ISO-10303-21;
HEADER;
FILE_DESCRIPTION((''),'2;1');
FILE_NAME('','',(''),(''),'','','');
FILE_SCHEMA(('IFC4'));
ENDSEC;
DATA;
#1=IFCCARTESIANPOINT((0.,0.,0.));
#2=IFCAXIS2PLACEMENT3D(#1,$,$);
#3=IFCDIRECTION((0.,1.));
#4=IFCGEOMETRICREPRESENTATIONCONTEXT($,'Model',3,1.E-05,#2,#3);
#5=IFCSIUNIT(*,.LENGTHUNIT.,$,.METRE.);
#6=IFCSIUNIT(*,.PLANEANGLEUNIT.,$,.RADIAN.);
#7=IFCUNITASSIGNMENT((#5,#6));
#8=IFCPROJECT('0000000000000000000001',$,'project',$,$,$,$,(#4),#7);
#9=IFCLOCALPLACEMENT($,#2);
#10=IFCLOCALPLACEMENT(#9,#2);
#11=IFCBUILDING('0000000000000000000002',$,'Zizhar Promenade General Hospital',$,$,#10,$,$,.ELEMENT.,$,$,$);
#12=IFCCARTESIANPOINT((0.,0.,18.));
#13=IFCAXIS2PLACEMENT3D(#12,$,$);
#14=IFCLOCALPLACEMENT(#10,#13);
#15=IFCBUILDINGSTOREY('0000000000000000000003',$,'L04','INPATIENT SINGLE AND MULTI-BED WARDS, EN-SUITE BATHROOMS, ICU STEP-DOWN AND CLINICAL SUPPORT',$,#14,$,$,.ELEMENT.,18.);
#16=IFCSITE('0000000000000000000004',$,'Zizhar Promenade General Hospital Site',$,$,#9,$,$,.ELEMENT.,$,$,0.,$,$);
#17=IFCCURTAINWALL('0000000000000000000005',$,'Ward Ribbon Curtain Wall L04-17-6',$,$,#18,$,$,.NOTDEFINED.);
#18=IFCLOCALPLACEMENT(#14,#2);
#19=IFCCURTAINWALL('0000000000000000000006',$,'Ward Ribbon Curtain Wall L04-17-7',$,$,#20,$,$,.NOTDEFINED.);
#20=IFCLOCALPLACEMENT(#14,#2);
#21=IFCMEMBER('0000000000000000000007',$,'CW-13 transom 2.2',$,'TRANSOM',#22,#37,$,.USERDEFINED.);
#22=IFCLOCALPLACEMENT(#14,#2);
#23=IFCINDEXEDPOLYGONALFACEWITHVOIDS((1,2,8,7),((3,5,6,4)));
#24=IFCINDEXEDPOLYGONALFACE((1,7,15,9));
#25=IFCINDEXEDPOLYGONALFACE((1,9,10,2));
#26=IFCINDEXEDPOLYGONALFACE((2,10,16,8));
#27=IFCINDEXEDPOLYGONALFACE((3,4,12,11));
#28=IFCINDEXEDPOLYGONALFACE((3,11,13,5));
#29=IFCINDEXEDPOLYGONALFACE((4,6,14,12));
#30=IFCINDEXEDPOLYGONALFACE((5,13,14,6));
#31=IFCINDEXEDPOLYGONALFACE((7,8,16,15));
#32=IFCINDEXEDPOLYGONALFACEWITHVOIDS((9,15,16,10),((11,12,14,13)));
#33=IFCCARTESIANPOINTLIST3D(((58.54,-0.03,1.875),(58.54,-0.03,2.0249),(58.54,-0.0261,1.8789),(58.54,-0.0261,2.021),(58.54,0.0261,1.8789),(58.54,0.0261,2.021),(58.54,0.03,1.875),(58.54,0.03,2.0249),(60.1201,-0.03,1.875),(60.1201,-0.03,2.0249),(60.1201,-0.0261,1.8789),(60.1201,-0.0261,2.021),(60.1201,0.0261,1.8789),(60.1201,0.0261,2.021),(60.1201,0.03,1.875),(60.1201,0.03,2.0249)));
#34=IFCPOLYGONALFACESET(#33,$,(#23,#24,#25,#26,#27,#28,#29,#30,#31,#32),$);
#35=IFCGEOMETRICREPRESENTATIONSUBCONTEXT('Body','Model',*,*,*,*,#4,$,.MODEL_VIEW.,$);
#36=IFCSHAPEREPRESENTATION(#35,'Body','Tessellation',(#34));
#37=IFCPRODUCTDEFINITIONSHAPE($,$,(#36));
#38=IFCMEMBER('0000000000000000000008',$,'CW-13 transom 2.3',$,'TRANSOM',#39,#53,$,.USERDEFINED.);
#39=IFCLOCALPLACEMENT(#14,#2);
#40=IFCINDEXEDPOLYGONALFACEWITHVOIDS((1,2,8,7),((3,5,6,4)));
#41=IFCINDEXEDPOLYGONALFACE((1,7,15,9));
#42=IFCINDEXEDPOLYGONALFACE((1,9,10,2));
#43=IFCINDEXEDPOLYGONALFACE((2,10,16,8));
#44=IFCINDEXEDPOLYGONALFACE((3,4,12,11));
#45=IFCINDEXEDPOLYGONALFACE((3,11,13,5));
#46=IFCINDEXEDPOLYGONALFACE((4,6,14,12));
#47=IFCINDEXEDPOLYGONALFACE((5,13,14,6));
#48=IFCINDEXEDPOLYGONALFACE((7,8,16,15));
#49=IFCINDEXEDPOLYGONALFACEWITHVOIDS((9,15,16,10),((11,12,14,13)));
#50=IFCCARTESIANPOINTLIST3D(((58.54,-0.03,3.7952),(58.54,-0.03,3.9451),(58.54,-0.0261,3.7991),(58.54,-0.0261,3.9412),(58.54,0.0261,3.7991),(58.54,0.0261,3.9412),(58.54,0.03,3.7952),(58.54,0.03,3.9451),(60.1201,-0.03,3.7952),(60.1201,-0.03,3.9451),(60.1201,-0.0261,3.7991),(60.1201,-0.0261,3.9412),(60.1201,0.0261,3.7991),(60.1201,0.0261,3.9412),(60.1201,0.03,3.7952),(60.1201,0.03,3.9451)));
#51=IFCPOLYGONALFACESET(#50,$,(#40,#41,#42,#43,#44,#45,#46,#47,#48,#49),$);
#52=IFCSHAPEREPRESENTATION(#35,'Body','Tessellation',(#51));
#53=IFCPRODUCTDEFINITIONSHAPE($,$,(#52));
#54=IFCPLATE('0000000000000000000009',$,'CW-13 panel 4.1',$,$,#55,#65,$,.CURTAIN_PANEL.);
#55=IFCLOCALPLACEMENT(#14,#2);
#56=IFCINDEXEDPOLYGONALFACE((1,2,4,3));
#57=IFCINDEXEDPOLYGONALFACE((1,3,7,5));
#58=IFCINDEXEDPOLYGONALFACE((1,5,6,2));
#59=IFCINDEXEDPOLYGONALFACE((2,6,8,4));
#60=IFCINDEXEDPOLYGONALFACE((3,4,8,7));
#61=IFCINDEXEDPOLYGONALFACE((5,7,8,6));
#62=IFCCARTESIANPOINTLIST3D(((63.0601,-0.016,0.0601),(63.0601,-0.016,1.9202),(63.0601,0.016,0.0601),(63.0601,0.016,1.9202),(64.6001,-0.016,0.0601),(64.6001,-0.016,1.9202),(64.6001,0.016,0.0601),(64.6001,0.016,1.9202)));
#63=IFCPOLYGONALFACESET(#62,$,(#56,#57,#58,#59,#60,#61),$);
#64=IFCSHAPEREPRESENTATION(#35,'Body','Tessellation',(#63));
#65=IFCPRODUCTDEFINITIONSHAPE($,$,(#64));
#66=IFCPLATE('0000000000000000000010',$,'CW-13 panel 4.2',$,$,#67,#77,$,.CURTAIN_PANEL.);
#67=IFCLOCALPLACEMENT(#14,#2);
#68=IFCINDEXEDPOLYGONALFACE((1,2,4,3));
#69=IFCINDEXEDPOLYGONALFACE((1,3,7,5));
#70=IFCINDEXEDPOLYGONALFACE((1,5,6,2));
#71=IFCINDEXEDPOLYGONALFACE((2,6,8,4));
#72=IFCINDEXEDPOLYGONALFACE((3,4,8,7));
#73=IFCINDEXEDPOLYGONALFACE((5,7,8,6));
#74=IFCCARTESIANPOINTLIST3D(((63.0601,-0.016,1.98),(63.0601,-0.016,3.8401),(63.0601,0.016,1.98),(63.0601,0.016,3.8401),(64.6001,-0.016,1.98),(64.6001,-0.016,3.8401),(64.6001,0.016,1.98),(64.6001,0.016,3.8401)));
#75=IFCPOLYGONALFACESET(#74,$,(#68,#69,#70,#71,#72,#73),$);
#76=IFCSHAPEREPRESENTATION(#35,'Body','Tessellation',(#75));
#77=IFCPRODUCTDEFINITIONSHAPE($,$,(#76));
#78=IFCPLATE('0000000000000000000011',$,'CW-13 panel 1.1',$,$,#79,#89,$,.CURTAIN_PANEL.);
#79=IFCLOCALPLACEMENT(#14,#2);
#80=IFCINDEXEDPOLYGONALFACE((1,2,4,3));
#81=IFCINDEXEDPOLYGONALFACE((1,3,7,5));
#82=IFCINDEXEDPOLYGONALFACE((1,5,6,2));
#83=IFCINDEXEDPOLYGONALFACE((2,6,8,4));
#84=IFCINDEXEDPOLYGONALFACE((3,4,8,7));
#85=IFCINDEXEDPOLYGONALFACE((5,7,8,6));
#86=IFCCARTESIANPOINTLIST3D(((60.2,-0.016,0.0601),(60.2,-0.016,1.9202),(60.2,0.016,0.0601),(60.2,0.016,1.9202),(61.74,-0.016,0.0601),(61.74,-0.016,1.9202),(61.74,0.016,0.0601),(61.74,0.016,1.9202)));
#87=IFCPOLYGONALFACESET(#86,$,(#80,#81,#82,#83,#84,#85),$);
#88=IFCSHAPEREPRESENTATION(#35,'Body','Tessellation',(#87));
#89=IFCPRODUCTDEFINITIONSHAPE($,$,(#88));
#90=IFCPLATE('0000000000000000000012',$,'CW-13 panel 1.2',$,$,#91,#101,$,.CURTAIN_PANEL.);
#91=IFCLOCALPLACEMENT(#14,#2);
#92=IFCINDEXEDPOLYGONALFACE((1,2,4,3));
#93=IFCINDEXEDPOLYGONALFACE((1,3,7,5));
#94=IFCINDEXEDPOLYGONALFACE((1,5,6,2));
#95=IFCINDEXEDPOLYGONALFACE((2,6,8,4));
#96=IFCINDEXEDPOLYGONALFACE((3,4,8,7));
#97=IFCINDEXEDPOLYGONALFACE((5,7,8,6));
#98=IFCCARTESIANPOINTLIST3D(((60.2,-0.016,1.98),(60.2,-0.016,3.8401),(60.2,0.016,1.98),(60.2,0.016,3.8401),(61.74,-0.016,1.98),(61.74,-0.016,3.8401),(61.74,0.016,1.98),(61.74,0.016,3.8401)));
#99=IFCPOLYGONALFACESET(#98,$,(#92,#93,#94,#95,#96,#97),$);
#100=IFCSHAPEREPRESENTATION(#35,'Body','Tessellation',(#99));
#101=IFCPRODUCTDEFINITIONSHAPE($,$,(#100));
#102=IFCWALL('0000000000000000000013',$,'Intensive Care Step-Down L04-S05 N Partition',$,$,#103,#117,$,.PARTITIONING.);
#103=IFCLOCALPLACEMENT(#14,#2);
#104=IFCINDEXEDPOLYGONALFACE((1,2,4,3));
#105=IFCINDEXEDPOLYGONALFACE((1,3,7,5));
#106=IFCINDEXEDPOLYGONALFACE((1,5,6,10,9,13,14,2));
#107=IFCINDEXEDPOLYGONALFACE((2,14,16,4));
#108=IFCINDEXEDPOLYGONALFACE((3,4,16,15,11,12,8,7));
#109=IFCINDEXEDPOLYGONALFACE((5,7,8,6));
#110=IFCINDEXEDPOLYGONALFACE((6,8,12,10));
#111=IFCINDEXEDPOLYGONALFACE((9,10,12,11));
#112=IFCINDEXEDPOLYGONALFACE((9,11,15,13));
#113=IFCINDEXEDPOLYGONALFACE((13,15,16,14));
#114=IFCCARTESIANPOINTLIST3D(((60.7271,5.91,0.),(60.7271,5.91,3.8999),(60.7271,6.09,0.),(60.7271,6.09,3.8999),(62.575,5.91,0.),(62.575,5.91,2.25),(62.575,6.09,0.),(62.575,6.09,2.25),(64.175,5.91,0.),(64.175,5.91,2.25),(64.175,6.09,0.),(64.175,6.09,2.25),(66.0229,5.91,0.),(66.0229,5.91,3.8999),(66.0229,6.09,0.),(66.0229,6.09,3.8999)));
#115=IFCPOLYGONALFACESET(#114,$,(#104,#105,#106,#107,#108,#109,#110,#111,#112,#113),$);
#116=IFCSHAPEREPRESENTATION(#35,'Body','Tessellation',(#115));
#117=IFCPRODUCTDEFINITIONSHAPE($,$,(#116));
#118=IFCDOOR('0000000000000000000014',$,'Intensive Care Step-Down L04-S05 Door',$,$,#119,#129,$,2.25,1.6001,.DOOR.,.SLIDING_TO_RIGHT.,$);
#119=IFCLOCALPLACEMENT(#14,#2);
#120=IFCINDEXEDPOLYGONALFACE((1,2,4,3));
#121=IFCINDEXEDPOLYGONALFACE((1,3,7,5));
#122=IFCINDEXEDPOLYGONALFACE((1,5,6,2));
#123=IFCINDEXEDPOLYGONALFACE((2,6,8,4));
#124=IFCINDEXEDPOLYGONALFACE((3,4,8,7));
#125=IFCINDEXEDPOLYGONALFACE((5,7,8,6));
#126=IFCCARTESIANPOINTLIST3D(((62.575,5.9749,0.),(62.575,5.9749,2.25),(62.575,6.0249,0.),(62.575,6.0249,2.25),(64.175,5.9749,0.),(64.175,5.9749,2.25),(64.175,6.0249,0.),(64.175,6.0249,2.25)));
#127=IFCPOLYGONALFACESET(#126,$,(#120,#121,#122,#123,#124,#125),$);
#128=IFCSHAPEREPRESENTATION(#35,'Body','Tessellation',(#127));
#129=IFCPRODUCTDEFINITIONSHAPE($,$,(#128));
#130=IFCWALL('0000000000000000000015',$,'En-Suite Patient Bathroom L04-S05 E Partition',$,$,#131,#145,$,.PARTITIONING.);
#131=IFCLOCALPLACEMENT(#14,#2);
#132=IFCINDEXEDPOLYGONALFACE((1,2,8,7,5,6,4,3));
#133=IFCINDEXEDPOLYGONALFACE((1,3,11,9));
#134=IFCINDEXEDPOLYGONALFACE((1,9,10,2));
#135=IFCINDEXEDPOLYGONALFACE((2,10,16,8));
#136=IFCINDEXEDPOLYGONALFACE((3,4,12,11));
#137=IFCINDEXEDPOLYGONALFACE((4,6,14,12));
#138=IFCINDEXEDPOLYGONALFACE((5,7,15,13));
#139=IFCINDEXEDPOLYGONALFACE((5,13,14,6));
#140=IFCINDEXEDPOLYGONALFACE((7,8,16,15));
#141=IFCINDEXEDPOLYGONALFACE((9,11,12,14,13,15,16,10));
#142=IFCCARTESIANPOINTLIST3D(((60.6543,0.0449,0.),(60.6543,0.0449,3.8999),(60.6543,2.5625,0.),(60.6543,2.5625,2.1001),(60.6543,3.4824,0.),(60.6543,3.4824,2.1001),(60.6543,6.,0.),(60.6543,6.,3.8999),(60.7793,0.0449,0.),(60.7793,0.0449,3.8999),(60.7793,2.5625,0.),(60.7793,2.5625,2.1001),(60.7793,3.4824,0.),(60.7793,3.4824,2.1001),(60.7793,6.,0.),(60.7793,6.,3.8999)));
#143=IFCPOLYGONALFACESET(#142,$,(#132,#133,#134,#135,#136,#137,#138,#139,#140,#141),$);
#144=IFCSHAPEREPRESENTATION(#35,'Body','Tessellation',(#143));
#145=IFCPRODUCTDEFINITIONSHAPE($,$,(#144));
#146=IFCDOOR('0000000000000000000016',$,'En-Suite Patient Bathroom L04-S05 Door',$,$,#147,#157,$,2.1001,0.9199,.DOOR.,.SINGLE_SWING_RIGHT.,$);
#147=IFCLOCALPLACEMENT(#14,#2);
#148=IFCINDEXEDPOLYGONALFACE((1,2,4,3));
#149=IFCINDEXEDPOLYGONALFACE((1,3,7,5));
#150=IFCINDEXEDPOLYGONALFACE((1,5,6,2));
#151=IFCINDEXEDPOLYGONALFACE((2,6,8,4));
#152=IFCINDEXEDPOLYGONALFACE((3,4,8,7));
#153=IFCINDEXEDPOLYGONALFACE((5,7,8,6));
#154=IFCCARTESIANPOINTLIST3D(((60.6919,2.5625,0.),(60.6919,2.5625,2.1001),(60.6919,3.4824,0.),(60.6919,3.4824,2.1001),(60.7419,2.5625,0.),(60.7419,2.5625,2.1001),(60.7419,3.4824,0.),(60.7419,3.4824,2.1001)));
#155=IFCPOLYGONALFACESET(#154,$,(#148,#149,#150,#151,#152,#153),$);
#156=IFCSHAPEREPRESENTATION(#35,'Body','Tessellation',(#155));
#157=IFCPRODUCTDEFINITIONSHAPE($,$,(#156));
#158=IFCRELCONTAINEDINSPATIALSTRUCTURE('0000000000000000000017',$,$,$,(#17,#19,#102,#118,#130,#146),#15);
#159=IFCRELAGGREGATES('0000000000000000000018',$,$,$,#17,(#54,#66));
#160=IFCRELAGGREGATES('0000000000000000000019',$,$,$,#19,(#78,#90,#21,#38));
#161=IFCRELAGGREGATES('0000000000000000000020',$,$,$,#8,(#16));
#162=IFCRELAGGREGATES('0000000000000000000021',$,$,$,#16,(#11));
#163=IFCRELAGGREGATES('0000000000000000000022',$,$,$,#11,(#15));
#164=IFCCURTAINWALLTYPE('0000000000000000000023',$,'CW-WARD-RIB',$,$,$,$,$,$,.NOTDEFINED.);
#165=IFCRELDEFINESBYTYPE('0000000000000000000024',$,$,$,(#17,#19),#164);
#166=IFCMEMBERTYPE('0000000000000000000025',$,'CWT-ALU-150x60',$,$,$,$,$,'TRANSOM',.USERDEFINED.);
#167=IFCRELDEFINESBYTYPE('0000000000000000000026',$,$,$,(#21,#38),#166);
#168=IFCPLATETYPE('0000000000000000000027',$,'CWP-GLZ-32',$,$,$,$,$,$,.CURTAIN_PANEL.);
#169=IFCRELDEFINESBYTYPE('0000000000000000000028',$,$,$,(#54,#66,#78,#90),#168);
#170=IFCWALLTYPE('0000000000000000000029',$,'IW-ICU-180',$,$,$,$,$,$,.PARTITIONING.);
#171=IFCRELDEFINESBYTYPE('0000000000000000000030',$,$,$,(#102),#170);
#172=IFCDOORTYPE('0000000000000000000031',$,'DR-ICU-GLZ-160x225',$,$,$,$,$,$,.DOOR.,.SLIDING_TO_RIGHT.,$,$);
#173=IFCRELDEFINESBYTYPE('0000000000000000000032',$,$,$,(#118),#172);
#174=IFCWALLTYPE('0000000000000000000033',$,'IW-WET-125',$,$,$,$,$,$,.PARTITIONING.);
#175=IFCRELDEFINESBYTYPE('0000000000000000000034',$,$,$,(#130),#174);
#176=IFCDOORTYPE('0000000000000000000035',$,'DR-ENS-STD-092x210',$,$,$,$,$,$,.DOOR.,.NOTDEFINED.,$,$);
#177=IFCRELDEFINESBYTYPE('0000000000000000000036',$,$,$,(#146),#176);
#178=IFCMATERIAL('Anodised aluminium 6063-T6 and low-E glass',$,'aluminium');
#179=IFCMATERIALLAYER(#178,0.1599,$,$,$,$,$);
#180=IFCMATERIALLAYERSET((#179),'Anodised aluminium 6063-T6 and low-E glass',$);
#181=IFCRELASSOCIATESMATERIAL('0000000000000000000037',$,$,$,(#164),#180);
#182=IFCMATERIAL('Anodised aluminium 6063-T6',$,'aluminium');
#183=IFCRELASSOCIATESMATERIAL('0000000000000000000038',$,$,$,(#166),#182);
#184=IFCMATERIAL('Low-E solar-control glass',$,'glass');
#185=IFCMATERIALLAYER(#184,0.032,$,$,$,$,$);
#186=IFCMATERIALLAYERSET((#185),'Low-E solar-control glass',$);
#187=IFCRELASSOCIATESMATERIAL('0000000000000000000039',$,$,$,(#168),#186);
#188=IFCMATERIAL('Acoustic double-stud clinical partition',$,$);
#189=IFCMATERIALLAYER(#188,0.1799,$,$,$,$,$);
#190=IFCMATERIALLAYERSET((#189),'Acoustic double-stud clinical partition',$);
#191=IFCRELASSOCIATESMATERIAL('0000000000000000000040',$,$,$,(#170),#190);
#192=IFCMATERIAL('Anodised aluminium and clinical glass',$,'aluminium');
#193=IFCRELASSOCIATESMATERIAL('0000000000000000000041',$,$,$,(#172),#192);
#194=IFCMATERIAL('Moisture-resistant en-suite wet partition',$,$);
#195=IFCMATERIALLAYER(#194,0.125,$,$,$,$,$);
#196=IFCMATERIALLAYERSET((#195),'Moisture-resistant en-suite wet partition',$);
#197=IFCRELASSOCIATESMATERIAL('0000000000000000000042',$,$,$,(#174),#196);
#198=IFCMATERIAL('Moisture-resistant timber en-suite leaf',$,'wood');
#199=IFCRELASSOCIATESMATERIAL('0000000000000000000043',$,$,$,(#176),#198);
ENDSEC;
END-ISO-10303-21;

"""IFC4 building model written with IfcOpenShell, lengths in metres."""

from ifc_helpers import new_model, si_unit, direction, frame, frame_2d, origin, origin_2d, place, context, subcontext, project, spatial, rectangle, hollow_rectangle, extrude, material, layer, layer_set, material_profile, profile_set, type_object, element, fill, aggregate, save


model = new_model("IFC4")

# Units and contexts
model_context = context("Model", 3, precision=1e-05, world=origin(), true_north=direction((0.0, 1.0)))
body_context = subcontext(model_context, "Body", "Model", "MODEL_VIEW")
ifc_project = project(units=[si_unit("LENGTHUNIT", "METRE"), si_unit("PLANEANGLEUNIT", "RADIAN")], contexts=[model_context])

# Site, building, storey
site_placement = place(None, origin())
site = spatial("IfcSite", under=ifc_project, at=site_placement, Name="Zizhar Promenade General Hospital Site", CompositionType="ELEMENT", RefElevation=0.0)
building_placement = place(site_placement, origin())
building = spatial("IfcBuilding", under=site, at=building_placement, Name="Zizhar Promenade General Hospital", CompositionType="ELEMENT")
storey_placement = place(building_placement, frame((0.0, 0.0, 18.0)))
storey = spatial("IfcBuildingStorey", under=building, at=storey_placement, Name="L04", Description="INPATIENT SINGLE AND MULTI-BED WARDS, EN-SUITE BATHROOMS, ICU STEP-DOWN AND CLINICAL SUPPORT", CompositionType="ELEMENT", Elevation=18.0)

# Curtain wall
ifc_material_1 = material(Name="Anodised aluminium 6063-T6 and low-E glass", Category="aluminium")
ifc_layer_1 = layer(ifc_material_1, 0.1599)
ifc_layer_set_1 = layer_set([ifc_layer_1], Name="Anodised aluminium 6063-T6 and low-E glass")
curtain_wall_type = type_object("IfcCurtainWallType", Name="CW-WARD-RIB", PredefinedType="NOTDEFINED", material=ifc_layer_set_1)
curtain_wall_1_placement = place(storey_placement, origin())
curtain_wall_1 = element("IfcCurtainWall", 1, at=curtain_wall_1_placement, inside=storey, type_object=curtain_wall_type, Name="Ward Ribbon Curtain Wall L04-17-6", PredefinedType="NOTDEFINED")

# Curtain wall
curtain_wall_2_placement = place(storey_placement, origin())
curtain_wall_2 = element("IfcCurtainWall", 2, at=curtain_wall_2_placement, inside=storey, type_object=curtain_wall_type, Name="Ward Ribbon Curtain Wall L04-17-7", PredefinedType="NOTDEFINED")

# Members
ifc_material_2 = material(Name="Anodised aluminium 6063-T6", Category="aluminium")
ifc_material_profile_1 = material_profile(ifc_material_2, hollow_rectangle(XDim=0.0601, YDim=0.1499, WallThickness=0.0039, at=origin_2d()))
ifc_profile_set_1 = profile_set([ifc_material_profile_1], Name="Anodised aluminium 6063-T6")
member_type_1 = type_object("IfcMemberType", Name="CWT-ALU-150x60", ElementType="TRANSOM", PredefinedType="USERDEFINED", material=ifc_profile_set_1)
member_1_placement = place(storey_placement, frame((60.1201, 0.0, 1.95), z_axis=(-1.0, 0.0, 0.0), x_axis=(0.0, -1.0, 0.0)))
member_1 = element("IfcMember", 3, at=member_1_placement, type_object=member_type_1, Name="CW-13 transom 2.2", ObjectType="TRANSOM", PredefinedType="USERDEFINED", context=body_context, shape_type="SweptSolid", body=[
    extrude(hollow_rectangle(XDim=0.0601, YDim=0.1499, WallThickness=0.0039, at=origin_2d()), origin(), (0.0, 0.0, 1.0), 1.5801),
])
member_2_placement = place(storey_placement, frame((60.1201, 0.0, 3.8701), z_axis=(-1.0, 0.0, 0.0), x_axis=(0.0, -1.0, 0.0)))
member_2 = element("IfcMember", 4, at=member_2_placement, type_object=member_type_1, Name="CW-13 transom 2.3", ObjectType="TRANSOM", PredefinedType="USERDEFINED", context=body_context, shape_type="SweptSolid", body=[
    extrude(hollow_rectangle(XDim=0.0601, YDim=0.1499, WallThickness=0.0039, at=origin_2d()), origin(), (0.0, 0.0, 1.0), 1.5801),
])

# Plates
ifc_material_3 = material(Name="Low-E solar-control glass", Category="glass")
ifc_layer_2 = layer(ifc_material_3, 0.032)
ifc_layer_set_2 = layer_set([ifc_layer_2], Name="Low-E solar-control glass")
plate_type = type_object("IfcPlateType", Name="CWP-GLZ-32", PredefinedType="CURTAIN_PANEL", material=ifc_layer_set_2)
plate_1_placement = place(storey_placement, frame((63.8301, 0.0, 0.0601), z_axis=(0.0, 0.0, 1.0), x_axis=(-1.0, 0.0, 0.0)))
plate_1 = element("IfcPlate", 5, at=plate_1_placement, type_object=plate_type, Name="CW-13 panel 4.1", PredefinedType="CURTAIN_PANEL", context=body_context, shape_type="SweptSolid", body=[
    extrude(rectangle(XDim=1.54, YDim=0.032, at=origin_2d()), origin(), (0.0, 0.0, 1.0), 1.8601),
])
plate_2_placement = place(storey_placement, frame((63.8301, 0.0, 1.98), z_axis=(0.0, 0.0, 1.0), x_axis=(-1.0, 0.0, 0.0)))
plate_2 = element("IfcPlate", 6, at=plate_2_placement, type_object=plate_type, Name="CW-13 panel 4.2", PredefinedType="CURTAIN_PANEL", context=body_context, shape_type="SweptSolid", body=[
    extrude(rectangle(XDim=1.54, YDim=0.032, at=origin_2d()), origin(), (0.0, 0.0, 1.0), 1.8601),
])
aggregate(curtain_wall_1, [plate_1, plate_2])
plate_3_placement = place(storey_placement, frame((60.97, 0.0, 0.0601), z_axis=(0.0, 0.0, 1.0), x_axis=(-1.0, 0.0, 0.0)))
plate_3 = element("IfcPlate", 7, at=plate_3_placement, type_object=plate_type, Name="CW-13 panel 1.1", PredefinedType="CURTAIN_PANEL", context=body_context, shape_type="SweptSolid", body=[
    extrude(rectangle(XDim=1.54, YDim=0.032, at=origin_2d()), origin(), (0.0, 0.0, 1.0), 1.8601),
])
plate_4_placement = place(storey_placement, frame((60.97, 0.0, 1.98), z_axis=(0.0, 0.0, 1.0), x_axis=(-1.0, 0.0, 0.0)))
plate_4 = element("IfcPlate", 8, at=plate_4_placement, type_object=plate_type, Name="CW-13 panel 1.2", PredefinedType="CURTAIN_PANEL", context=body_context, shape_type="SweptSolid", body=[
    extrude(rectangle(XDim=1.54, YDim=0.032, at=origin_2d()), origin(), (0.0, 0.0, 1.0), 1.8601),
])
aggregate(curtain_wall_2, [plate_3, plate_4, member_1, member_2])

# Walls, openings, doors
ifc_material_4 = material(Name="Acoustic double-stud clinical partition")
ifc_layer_3 = layer(ifc_material_4, 0.1799)
ifc_layer_set_3 = layer_set([ifc_layer_3], Name="Acoustic double-stud clinical partition")
wall_type_1 = type_object("IfcWallType", Name="IW-ICU-180", PredefinedType="PARTITIONING", material=ifc_layer_set_3)
wall_1_placement = place(storey_placement, frame((60.7271, 6.0, 0.0), z_axis=(0.0, 0.0, 1.0), x_axis=(1.0, 0.0, 0.0)))
wall_1 = element("IfcWall", 9, at=wall_1_placement, inside=storey, type_object=wall_type_1, Name="Intensive Care Step-Down L04-S05 N Partition", PredefinedType="PARTITIONING", context=body_context, shape_type="SweptSolid", body=[
    extrude(rectangle(XDim=5.2959, YDim=0.1799, at=frame_2d((2.6479, 0.0))), origin(), (0.0, 0.0, 1.0), 3.8999),
])
opening_1_placement = place(wall_1_placement, frame((1.8479, 0.0, 0.0)))
opening_1 = element("IfcOpeningElement", 10, at=opening_1_placement, cuts=wall_1, PredefinedType="OPENING", context=body_context, shape_type="SweptSolid", body=[
    extrude(rectangle(XDim=1.6001, YDim=2.25, at=frame_2d((0.8, 1.125))), frame((0.0, 0.1001, 0.0), z_axis=(0.0, -1.0, 0.0), x_axis=(1.0, 0.0, 0.0)), (0.0, 0.0, 1.0), 0.2),
])
ifc_material_5 = material(Name="Anodised aluminium and clinical glass", Category="aluminium")
door_type_1 = type_object("IfcDoorType", Name="DR-ICU-GLZ-160x225", OperationType="SLIDING_TO_RIGHT", PredefinedType="DOOR", material=ifc_material_5)
door_1_placement = place(opening_1_placement, origin())
door_1 = element("IfcDoor", 11, at=door_1_placement, inside=storey, type_object=door_type_1, Name="Intensive Care Step-Down L04-S05 Door", OperationType="SLIDING_TO_RIGHT", OverallHeight=2.25, OverallWidth=1.6001, PredefinedType="DOOR", context=body_context, shape_type="SweptSolid", body=[
    extrude(rectangle(XDim=1.6001, YDim=2.25, at=frame_2d((0.8, 1.125))), frame((0.0, 0.0249, 0.0), z_axis=(0.0, -1.0, 0.0), x_axis=(1.0, 0.0, 0.0)), (0.0, 0.0, 1.0), 0.05),
])
fill(opening_1, door_1)
ifc_material_6 = material(Name="Moisture-resistant en-suite wet partition")
ifc_layer_4 = layer(ifc_material_6, 0.125)
ifc_layer_set_4 = layer_set([ifc_layer_4], Name="Moisture-resistant en-suite wet partition")
wall_type_2 = type_object("IfcWallType", Name="IW-WET-125", PredefinedType="PARTITIONING", material=ifc_layer_set_4)
wall_2_placement = place(storey_placement, frame((60.7168, 0.0449, 0.0), z_axis=(0.0, 0.0, 1.0), x_axis=(0.0, 1.0, 0.0)))
wall_2 = element("IfcWall", 12, at=wall_2_placement, inside=storey, type_object=wall_type_2, Name="En-Suite Patient Bathroom L04-S05 E Partition", PredefinedType="PARTITIONING", context=body_context, shape_type="SweptSolid", body=[
    extrude(rectangle(XDim=5.9551, YDim=0.125, at=frame_2d((2.9775, 0.0))), origin(), (0.0, 0.0, 1.0), 3.8999),
])
opening_2_placement = place(wall_2_placement, frame((2.5176, 0.0, 0.0)))
opening_2 = element("IfcOpeningElement", 13, at=opening_2_placement, cuts=wall_2, PredefinedType="OPENING", context=body_context, shape_type="SweptSolid", body=[
    extrude(rectangle(XDim=0.9199, YDim=2.1001, at=frame_2d((0.46, 1.05))), frame((0.0, 0.0725, 0.0), z_axis=(0.0, -1.0, 0.0), x_axis=(1.0, 0.0, 0.0)), (0.0, 0.0, 1.0), 0.145),
])
ifc_material_7 = material(Name="Moisture-resistant timber en-suite leaf", Category="wood")
door_type_2 = type_object("IfcDoorType", Name="DR-ENS-STD-092x210", OperationType="NOTDEFINED", PredefinedType="DOOR", material=ifc_material_7)
door_2_placement = place(opening_2_placement, origin())
door_2 = element("IfcDoor", 14, at=door_2_placement, inside=storey, type_object=door_type_2, Name="En-Suite Patient Bathroom L04-S05 Door", OperationType="SINGLE_SWING_RIGHT", OverallHeight=2.1001, OverallWidth=0.9199, PredefinedType="DOOR", context=body_context, shape_type="SweptSolid", body=[
    extrude(rectangle(XDim=0.9199, YDim=2.1001, at=frame_2d((0.46, 1.05))), frame((0.0, 0.0249, 0.0), z_axis=(0.0, -1.0, 0.0), x_axis=(1.0, 0.0, 0.0)), (0.0, 0.0, 1.0), 0.05),
])
fill(opening_2, door_2)

save(model, "model.ifc")
